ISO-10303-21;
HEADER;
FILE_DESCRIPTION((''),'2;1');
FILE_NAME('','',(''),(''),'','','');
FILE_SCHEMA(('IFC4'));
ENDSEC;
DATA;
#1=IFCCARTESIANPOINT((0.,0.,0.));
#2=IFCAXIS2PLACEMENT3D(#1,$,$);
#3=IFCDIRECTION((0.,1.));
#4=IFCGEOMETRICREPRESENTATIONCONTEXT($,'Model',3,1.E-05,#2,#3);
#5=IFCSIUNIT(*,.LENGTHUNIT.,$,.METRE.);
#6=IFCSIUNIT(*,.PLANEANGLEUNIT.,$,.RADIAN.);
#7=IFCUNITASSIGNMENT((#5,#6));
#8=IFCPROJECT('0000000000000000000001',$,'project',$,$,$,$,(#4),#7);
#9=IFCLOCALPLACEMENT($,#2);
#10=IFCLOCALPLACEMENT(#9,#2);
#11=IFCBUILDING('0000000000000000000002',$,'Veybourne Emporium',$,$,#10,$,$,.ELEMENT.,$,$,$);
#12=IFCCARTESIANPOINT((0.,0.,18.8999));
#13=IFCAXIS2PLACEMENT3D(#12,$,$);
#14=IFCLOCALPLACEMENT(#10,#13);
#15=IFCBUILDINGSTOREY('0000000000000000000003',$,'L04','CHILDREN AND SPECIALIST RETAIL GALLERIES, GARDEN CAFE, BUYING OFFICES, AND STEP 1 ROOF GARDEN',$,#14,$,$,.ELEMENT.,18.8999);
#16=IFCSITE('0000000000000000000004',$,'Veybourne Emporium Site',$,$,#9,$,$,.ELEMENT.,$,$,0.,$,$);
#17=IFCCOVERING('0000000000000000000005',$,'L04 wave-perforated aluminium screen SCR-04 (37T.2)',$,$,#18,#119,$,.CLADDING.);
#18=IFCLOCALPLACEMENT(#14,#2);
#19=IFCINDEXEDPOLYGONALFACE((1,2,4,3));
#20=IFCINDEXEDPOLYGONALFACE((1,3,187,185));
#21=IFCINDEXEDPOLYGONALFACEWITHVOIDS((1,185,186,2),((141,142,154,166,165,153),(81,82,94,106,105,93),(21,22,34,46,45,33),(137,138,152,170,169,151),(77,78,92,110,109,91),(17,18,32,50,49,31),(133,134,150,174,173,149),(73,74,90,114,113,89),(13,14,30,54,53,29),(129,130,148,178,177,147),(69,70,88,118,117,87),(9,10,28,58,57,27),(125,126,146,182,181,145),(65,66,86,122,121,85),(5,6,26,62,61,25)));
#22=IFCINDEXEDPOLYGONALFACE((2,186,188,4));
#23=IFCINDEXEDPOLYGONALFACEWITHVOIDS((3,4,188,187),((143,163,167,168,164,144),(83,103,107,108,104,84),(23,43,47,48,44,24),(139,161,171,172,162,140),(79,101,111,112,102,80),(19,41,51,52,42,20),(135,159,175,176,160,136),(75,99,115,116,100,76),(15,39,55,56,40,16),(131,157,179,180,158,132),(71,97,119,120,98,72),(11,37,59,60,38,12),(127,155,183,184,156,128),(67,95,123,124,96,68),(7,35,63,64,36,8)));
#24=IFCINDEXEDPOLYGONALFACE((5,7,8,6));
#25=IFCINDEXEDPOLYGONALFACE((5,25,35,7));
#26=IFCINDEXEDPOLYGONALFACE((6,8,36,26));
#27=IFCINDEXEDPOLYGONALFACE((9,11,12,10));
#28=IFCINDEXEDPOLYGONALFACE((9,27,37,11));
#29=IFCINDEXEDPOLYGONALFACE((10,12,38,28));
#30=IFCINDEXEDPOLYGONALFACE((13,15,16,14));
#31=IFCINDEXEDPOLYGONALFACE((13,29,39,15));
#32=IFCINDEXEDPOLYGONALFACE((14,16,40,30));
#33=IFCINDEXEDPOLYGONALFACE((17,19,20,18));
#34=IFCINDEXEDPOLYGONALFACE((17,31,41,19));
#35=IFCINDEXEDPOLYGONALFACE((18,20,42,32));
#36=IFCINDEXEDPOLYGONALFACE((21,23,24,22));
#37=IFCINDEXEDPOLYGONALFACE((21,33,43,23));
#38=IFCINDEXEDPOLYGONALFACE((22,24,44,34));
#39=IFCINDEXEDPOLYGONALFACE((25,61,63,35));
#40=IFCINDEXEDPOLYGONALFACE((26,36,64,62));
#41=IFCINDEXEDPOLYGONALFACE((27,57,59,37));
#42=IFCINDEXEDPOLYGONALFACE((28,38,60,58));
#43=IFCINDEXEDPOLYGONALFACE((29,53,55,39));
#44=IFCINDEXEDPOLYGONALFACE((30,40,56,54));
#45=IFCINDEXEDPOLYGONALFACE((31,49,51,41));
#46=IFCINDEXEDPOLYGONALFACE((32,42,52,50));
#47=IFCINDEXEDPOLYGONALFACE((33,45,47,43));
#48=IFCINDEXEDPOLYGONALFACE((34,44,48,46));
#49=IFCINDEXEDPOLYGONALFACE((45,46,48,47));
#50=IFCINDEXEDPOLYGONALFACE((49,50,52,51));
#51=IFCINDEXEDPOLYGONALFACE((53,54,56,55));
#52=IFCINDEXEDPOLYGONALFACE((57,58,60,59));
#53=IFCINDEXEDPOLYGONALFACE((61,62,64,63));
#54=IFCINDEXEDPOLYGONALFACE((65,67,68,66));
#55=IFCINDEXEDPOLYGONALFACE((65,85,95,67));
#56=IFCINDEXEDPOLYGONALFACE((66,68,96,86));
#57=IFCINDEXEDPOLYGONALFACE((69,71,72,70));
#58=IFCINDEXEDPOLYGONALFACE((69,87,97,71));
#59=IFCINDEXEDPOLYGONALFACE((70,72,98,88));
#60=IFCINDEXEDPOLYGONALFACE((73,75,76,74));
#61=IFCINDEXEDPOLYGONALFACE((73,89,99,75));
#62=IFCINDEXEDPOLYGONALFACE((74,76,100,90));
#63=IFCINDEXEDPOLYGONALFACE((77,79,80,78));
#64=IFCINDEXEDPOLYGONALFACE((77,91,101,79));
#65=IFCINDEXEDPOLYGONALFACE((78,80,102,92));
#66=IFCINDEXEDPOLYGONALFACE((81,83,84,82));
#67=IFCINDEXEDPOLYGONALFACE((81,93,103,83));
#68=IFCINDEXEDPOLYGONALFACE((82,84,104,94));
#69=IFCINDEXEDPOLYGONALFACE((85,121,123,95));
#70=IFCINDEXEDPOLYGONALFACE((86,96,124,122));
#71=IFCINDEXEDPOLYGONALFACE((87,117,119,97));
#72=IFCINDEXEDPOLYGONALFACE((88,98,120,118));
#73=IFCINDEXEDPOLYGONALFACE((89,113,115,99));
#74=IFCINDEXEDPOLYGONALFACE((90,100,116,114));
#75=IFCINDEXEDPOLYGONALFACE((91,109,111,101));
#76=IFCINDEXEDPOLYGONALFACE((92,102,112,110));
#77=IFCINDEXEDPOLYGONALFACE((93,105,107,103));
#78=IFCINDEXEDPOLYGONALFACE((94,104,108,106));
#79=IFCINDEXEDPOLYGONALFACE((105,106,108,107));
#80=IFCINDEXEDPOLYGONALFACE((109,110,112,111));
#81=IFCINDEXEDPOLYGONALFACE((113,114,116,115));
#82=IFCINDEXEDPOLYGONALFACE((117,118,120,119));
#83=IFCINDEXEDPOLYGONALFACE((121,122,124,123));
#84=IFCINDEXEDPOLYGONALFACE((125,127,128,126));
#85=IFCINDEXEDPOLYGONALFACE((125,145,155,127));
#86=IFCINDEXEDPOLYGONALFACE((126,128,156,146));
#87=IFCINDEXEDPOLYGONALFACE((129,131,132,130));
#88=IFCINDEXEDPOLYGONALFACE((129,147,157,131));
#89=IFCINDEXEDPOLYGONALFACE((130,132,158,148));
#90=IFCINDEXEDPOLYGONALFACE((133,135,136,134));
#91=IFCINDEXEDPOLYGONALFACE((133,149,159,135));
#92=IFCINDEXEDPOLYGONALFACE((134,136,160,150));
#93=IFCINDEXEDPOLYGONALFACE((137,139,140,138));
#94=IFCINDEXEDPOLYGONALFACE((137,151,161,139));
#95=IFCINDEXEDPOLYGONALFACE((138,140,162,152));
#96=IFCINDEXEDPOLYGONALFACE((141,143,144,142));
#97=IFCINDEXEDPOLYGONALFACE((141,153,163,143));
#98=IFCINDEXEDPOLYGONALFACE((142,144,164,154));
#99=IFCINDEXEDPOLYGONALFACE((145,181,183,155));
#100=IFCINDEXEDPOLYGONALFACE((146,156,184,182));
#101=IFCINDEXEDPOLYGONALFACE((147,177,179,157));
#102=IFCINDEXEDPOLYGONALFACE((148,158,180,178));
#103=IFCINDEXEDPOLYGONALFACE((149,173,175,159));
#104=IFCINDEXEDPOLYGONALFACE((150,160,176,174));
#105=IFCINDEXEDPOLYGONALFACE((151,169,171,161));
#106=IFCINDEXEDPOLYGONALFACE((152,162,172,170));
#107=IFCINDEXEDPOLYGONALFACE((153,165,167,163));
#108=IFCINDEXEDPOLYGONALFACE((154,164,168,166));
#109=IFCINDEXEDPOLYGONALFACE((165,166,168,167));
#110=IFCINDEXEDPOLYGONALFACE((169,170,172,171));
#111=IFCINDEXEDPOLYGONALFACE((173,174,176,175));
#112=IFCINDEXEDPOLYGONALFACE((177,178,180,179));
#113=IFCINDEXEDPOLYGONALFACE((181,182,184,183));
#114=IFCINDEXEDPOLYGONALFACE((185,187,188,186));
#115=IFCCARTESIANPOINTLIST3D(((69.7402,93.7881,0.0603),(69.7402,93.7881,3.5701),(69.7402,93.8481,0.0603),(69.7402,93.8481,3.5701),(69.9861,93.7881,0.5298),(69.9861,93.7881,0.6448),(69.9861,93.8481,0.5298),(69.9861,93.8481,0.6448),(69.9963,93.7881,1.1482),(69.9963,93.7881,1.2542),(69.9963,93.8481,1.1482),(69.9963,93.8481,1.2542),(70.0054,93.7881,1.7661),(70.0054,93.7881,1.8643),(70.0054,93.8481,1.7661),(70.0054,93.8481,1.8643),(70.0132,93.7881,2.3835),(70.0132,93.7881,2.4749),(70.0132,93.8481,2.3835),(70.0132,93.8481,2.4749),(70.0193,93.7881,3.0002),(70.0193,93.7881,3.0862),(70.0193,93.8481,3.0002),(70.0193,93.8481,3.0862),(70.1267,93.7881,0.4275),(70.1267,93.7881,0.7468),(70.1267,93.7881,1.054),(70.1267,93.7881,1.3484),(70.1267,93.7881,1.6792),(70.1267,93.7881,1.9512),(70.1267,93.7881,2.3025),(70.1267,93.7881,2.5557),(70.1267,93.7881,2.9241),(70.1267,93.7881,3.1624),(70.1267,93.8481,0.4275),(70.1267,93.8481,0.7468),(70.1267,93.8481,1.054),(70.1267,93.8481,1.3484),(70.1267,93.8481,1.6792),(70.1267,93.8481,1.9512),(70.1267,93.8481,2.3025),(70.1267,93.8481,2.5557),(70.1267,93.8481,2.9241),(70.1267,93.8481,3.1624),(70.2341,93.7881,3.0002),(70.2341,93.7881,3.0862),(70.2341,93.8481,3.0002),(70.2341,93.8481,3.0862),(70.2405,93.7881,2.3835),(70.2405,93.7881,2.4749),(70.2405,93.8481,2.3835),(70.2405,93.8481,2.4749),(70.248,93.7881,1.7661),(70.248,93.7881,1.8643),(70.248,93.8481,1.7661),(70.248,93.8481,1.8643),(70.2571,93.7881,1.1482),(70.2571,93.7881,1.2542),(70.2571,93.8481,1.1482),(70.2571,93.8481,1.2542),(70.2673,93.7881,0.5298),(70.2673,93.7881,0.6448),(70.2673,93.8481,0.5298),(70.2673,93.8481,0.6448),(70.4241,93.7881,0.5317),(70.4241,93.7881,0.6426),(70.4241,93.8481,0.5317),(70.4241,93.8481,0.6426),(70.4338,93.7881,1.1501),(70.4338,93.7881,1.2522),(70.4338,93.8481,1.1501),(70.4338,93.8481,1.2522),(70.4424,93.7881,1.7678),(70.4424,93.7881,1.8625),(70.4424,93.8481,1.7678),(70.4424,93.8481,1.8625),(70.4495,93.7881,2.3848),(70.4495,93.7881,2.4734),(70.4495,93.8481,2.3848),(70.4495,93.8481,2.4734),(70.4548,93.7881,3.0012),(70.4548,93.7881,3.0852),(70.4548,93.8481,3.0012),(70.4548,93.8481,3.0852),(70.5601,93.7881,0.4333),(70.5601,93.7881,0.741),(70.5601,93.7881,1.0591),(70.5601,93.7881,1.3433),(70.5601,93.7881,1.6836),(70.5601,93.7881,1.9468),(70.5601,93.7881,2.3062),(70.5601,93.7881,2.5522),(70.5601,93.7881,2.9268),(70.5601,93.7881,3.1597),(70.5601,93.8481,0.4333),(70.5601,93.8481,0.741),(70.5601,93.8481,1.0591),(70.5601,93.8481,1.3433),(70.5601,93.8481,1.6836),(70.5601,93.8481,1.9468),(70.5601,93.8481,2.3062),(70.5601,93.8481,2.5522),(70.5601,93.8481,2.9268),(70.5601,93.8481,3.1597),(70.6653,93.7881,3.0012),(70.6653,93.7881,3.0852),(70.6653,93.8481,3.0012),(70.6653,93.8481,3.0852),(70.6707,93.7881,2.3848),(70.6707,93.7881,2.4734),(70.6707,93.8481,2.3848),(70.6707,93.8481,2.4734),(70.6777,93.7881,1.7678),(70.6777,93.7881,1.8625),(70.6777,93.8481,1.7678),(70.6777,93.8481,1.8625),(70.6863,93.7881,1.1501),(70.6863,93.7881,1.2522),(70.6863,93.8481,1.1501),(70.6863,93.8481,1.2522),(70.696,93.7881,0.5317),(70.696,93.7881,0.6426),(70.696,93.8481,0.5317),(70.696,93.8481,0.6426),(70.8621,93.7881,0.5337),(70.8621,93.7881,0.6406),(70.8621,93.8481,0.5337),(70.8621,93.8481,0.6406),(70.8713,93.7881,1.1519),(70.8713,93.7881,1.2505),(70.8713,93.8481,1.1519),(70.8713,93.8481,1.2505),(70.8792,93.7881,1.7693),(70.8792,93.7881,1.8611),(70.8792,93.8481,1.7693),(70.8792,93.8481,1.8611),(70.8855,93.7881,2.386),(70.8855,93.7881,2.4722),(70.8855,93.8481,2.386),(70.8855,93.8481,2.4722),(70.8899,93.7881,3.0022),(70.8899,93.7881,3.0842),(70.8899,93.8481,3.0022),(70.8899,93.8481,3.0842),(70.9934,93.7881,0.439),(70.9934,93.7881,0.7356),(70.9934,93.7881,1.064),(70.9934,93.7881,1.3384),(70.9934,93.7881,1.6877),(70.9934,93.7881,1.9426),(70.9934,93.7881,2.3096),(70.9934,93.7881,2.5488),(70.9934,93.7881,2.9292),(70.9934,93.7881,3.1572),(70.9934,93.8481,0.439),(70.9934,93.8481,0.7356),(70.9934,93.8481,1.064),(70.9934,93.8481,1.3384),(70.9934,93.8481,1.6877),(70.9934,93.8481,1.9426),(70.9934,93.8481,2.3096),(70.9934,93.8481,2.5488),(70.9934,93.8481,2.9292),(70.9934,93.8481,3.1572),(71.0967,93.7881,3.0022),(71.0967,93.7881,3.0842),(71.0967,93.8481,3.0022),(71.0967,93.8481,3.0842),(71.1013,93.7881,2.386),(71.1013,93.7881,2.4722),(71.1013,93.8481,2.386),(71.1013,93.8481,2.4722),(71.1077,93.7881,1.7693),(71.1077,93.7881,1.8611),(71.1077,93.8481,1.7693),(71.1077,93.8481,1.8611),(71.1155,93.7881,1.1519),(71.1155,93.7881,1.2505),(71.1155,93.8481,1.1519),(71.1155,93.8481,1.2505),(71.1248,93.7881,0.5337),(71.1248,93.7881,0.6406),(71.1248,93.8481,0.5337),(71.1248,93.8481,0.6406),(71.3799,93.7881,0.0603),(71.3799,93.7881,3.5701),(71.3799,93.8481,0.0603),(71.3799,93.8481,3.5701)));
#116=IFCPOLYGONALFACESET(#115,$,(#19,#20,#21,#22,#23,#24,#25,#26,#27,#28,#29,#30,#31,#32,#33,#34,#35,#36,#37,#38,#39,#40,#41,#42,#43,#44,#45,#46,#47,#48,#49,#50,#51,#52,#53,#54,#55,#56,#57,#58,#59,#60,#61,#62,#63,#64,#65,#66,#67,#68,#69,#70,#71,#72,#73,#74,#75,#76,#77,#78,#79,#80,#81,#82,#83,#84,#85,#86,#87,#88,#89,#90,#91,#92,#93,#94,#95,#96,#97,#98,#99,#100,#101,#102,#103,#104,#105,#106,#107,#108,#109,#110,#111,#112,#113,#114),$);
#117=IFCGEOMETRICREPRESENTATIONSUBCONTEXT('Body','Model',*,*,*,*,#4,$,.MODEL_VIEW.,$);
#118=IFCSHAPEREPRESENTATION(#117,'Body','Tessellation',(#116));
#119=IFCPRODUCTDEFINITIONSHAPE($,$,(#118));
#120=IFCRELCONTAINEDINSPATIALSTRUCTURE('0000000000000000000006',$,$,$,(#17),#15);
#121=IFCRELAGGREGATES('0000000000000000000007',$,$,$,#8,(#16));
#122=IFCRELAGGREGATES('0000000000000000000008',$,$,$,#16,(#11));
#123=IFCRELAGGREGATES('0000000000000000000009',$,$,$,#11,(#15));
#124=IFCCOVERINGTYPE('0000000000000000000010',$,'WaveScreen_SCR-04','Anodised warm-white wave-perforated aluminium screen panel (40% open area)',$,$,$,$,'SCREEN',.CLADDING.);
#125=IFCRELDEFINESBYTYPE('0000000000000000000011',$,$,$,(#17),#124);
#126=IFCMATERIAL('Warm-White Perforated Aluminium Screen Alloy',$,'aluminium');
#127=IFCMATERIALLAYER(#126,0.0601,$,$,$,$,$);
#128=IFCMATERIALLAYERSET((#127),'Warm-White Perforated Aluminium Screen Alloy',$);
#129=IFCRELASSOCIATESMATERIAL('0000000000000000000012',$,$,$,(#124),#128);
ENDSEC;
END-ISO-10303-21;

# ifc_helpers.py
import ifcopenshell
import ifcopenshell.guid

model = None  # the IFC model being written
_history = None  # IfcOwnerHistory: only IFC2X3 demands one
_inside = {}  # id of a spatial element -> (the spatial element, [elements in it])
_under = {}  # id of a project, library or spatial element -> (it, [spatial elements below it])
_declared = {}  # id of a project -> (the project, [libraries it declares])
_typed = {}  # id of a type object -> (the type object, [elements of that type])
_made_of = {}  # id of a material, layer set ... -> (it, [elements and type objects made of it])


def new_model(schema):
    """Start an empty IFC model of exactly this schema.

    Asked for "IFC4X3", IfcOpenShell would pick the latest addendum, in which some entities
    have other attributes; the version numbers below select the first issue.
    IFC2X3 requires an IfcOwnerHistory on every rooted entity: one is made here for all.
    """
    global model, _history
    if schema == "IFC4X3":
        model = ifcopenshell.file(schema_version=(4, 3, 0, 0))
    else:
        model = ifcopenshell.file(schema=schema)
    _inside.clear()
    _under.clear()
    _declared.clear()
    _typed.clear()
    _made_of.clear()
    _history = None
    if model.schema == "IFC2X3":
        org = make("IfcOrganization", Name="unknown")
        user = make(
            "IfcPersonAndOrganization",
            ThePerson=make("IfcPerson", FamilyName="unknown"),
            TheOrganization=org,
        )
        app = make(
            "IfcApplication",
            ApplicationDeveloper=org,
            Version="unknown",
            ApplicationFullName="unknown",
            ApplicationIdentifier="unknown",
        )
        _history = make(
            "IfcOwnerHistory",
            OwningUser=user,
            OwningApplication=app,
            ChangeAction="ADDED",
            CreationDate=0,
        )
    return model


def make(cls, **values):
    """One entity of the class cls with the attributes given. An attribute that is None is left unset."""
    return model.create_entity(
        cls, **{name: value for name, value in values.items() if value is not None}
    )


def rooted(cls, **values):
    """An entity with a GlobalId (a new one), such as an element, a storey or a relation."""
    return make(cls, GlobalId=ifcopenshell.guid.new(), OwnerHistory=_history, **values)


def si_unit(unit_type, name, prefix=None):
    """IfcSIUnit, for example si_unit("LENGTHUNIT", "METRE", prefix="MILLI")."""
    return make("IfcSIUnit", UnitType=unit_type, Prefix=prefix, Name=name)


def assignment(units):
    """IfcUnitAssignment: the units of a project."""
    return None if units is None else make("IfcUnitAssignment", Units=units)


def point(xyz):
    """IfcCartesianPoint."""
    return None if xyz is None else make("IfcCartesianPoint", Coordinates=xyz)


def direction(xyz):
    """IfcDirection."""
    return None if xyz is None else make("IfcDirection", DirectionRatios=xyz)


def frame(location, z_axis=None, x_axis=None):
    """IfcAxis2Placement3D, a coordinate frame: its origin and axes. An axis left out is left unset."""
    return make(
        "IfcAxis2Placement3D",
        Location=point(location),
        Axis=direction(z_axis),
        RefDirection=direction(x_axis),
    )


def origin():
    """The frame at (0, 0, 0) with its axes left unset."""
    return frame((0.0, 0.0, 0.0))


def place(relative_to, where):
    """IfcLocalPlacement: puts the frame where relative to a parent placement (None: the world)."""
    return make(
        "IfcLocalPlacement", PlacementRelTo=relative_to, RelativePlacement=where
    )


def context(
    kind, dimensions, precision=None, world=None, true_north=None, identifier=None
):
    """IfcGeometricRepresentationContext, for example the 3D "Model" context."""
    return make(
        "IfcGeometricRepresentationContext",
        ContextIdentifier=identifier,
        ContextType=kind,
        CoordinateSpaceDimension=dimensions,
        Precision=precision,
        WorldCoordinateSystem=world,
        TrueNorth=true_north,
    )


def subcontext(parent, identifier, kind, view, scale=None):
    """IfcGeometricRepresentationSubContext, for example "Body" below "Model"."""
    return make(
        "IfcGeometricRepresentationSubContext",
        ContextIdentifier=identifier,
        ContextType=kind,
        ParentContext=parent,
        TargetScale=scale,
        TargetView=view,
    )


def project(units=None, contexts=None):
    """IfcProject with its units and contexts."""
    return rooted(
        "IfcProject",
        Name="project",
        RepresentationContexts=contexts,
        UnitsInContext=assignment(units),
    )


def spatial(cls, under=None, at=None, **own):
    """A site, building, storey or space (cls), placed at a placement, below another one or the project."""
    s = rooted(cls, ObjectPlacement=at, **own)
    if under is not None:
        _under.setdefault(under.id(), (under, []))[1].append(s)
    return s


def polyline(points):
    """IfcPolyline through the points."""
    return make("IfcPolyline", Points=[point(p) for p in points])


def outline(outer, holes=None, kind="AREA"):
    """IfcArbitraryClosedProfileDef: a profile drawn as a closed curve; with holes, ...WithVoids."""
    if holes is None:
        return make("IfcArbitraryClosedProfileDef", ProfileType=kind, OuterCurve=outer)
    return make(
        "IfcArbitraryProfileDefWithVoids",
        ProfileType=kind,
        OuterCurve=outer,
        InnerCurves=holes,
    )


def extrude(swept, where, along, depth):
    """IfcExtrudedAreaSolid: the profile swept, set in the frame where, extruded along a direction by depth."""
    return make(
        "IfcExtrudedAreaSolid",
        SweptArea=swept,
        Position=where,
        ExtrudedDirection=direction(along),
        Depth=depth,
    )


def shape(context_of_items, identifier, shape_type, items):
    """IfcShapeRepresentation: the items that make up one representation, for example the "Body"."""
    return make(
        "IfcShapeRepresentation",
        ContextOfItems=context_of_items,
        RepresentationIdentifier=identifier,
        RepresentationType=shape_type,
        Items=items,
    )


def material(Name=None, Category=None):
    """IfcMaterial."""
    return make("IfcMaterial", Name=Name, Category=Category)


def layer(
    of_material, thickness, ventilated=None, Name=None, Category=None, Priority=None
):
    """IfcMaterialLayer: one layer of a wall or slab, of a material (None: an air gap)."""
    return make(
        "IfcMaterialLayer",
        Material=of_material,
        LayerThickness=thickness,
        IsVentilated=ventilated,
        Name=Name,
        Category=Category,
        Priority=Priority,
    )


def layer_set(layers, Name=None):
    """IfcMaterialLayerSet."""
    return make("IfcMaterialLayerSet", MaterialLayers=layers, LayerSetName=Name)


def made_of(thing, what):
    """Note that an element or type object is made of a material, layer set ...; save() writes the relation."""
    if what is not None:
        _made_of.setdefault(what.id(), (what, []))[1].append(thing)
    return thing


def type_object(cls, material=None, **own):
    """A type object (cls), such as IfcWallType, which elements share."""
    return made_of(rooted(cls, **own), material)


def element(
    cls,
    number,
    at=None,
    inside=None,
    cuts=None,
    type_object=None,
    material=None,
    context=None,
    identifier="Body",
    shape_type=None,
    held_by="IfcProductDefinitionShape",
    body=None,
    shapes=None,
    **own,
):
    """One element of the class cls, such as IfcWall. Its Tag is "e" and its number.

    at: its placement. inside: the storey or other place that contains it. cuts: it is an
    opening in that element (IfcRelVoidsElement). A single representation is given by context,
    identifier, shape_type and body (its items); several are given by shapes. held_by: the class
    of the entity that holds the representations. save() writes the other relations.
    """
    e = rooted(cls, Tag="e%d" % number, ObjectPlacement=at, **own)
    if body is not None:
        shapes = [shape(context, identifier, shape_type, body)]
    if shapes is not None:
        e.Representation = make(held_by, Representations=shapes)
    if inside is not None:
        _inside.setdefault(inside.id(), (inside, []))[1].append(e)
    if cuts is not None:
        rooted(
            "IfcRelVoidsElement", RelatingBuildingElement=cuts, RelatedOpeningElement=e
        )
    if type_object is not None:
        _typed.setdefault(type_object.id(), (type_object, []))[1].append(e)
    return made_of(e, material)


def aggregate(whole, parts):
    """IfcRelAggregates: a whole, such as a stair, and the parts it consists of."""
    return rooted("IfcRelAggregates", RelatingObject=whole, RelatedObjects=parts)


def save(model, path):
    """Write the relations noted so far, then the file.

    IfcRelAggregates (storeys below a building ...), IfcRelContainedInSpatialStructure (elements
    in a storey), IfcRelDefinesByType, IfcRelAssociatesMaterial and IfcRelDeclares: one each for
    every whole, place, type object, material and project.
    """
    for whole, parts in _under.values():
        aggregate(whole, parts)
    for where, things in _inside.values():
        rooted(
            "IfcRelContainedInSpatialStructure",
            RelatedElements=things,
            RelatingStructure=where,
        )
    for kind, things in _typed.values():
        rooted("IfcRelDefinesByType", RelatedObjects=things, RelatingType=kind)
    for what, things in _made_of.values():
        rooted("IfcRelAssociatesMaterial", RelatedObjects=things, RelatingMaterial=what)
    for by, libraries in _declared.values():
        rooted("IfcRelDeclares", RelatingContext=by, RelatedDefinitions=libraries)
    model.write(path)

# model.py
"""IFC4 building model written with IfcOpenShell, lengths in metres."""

from ifc_helpers import new_model, si_unit, direction, frame, origin, place, context, subcontext, project, spatial, polyline, outline, extrude, material, layer, layer_set, type_object, element, save


model = new_model("IFC4")

# Units and contexts
model_context = context("Model", 3, precision=1e-05, world=origin(), true_north=direction((0.0, 1.0)))
body_context = subcontext(model_context, "Body", "Model", "MODEL_VIEW")
ifc_project = project(units=[si_unit("LENGTHUNIT", "METRE"), si_unit("PLANEANGLEUNIT", "RADIAN")], contexts=[model_context])

# Site, building, storey
site_placement = place(None, origin())
site = spatial("IfcSite", under=ifc_project, at=site_placement, Name="Veybourne Emporium Site", CompositionType="ELEMENT", RefElevation=0.0)
building_placement = place(site_placement, origin())
building = spatial("IfcBuilding", under=site, at=building_placement, Name="Veybourne Emporium", CompositionType="ELEMENT")
storey_placement = place(building_placement, frame((0.0, 0.0, 18.8999)))
storey = spatial("IfcBuildingStorey", under=building, at=storey_placement, Name="L04", Description="CHILDREN AND SPECIALIST RETAIL GALLERIES, GARDEN CAFE, BUYING OFFICES, AND STEP 1 ROOF GARDEN", CompositionType="ELEMENT", Elevation=18.8999)

# Covering
ifc_material_1 = material(Name="Warm-White Perforated Aluminium Screen Alloy", Category="aluminium")
ifc_layer_1 = layer(ifc_material_1, 0.0601)
ifc_layer_set_1 = layer_set([ifc_layer_1], Name="Warm-White Perforated Aluminium Screen Alloy")
covering_type_1 = type_object("IfcCoveringType", Name="WaveScreen_SCR-04", Description="Anodised warm-white wave-perforated aluminium screen panel (40% open area)", ElementType="SCREEN", PredefinedType="CLADDING", material=ifc_layer_set_1)
covering_1_placement = place(storey_placement, frame((70.5601, 93.8481, 1.8152), z_axis=(0.0, -1.0, 0.0), x_axis=(1.0, 0.0, 0.0)))
element("IfcCovering", 1, at=covering_1_placement, inside=storey, type_object=covering_type_1, Name="L04 wave-perforated aluminium screen SCR-04 (37T.2)", PredefinedType="CLADDING", context=body_context, shape_type="SweptSolid", body=[
    extrude(outline(polyline([(-0.8198, -1.7549), (0.8198, -1.7549), (0.8198, 1.7549), (-0.8198, 1.7549), (-0.8198, -1.7549)]), holes=[polyline([(-0.4333, -1.0684), (-0.2927, -1.1704), (-0.2927, -1.2854), (-0.4333, -1.3877), (-0.574, -1.2854), (-0.574, -1.1704), (-0.4333, -1.0684)]), polyline([(-0.4333, -0.4668), (-0.303, -0.561), (-0.303, -0.667), (-0.4333, -0.7612), (-0.5637, -0.667), (-0.5637, -0.561), (-0.4333, -0.4668)]), polyline([(-0.4333, 0.136), (-0.312, 0.0491), (-0.312, -0.0491), (-0.4333, -0.136), (-0.5547, -0.0491), (-0.5547, 0.0491), (-0.4333, 0.136)]), polyline([(-0.4333, 0.7405), (-0.3196, 0.6597), (-0.3196, 0.5684), (-0.4333, 0.4873), (-0.5469, 0.5684), (-0.5469, 0.6597), (-0.4333, 0.7405)]), polyline([(-0.4333, 1.3472), (-0.3259, 1.271), (-0.3259, 1.1851), (-0.4333, 1.1089), (-0.5408, 1.1851), (-0.5408, 1.271), (-0.4333, 1.3472)]), polyline([(0.0, -1.0742), (0.136, -1.1726), (0.136, -1.2834), (0.0, -1.3818), (-0.136, -1.2834), (-0.136, -1.1726), (0.0, -1.0742)]), polyline([(0.0, -0.4719), (0.1262, -0.563), (0.1262, -0.665), (0.0, -0.7561), (-0.1262, -0.665), (-0.1262, -0.563), (0.0, -0.4719)]), polyline([(0.0, 0.1316), (0.1177, 0.0474), (0.1177, -0.0474), (0.0, -0.1316), (-0.1177, -0.0474), (-0.1177, 0.0474), (0.0, 0.1316)]), polyline([(0.0, 0.7371), (0.1106, 0.6582), (0.1106, 0.5696), (0.0, 0.491), (-0.1106, 0.5696), (-0.1106, 0.6582), (0.0, 0.7371)]), polyline([(0.0, 1.3445), (0.1052, 1.27), (0.1052, 1.186), (0.0, 1.1116), (-0.1052, 1.186), (-0.1052, 1.27), (0.0, 1.3445)]), polyline([(0.4333, -1.0796), (0.5647, -1.1746), (0.5647, -1.2815), (0.4333, -1.3762), (0.302, -1.2815), (0.302, -1.1746), (0.4333, -1.0796)]), polyline([(0.4333, -0.4768), (0.5554, -0.5647), (0.5554, -0.6633), (0.4333, -0.7512), (0.3113, -0.6633), (0.3113, -0.5647), (0.4333, -0.4768)]), polyline([(0.4333, 0.1274), (0.5476, 0.0459), (0.5476, -0.0459), (0.4333, -0.1274), (0.3191, -0.0459), (0.3191, 0.0459), (0.4333, 0.1274)]), polyline([(0.4333, 0.7336), (0.5413, 0.657), (0.5413, 0.5708), (0.4333, 0.4944), (0.3254, 0.5708), (0.3254, 0.657), (0.4333, 0.7336)]), polyline([(0.4333, 1.342), (0.5366, 1.269), (0.5366, 1.187), (0.4333, 1.114), (0.3298, 1.187), (0.3298, 1.269), (0.4333, 1.342)])]), origin(), (0.0, 0.0, 1.0), 0.0601),
])

save(model, "model.ifc")
